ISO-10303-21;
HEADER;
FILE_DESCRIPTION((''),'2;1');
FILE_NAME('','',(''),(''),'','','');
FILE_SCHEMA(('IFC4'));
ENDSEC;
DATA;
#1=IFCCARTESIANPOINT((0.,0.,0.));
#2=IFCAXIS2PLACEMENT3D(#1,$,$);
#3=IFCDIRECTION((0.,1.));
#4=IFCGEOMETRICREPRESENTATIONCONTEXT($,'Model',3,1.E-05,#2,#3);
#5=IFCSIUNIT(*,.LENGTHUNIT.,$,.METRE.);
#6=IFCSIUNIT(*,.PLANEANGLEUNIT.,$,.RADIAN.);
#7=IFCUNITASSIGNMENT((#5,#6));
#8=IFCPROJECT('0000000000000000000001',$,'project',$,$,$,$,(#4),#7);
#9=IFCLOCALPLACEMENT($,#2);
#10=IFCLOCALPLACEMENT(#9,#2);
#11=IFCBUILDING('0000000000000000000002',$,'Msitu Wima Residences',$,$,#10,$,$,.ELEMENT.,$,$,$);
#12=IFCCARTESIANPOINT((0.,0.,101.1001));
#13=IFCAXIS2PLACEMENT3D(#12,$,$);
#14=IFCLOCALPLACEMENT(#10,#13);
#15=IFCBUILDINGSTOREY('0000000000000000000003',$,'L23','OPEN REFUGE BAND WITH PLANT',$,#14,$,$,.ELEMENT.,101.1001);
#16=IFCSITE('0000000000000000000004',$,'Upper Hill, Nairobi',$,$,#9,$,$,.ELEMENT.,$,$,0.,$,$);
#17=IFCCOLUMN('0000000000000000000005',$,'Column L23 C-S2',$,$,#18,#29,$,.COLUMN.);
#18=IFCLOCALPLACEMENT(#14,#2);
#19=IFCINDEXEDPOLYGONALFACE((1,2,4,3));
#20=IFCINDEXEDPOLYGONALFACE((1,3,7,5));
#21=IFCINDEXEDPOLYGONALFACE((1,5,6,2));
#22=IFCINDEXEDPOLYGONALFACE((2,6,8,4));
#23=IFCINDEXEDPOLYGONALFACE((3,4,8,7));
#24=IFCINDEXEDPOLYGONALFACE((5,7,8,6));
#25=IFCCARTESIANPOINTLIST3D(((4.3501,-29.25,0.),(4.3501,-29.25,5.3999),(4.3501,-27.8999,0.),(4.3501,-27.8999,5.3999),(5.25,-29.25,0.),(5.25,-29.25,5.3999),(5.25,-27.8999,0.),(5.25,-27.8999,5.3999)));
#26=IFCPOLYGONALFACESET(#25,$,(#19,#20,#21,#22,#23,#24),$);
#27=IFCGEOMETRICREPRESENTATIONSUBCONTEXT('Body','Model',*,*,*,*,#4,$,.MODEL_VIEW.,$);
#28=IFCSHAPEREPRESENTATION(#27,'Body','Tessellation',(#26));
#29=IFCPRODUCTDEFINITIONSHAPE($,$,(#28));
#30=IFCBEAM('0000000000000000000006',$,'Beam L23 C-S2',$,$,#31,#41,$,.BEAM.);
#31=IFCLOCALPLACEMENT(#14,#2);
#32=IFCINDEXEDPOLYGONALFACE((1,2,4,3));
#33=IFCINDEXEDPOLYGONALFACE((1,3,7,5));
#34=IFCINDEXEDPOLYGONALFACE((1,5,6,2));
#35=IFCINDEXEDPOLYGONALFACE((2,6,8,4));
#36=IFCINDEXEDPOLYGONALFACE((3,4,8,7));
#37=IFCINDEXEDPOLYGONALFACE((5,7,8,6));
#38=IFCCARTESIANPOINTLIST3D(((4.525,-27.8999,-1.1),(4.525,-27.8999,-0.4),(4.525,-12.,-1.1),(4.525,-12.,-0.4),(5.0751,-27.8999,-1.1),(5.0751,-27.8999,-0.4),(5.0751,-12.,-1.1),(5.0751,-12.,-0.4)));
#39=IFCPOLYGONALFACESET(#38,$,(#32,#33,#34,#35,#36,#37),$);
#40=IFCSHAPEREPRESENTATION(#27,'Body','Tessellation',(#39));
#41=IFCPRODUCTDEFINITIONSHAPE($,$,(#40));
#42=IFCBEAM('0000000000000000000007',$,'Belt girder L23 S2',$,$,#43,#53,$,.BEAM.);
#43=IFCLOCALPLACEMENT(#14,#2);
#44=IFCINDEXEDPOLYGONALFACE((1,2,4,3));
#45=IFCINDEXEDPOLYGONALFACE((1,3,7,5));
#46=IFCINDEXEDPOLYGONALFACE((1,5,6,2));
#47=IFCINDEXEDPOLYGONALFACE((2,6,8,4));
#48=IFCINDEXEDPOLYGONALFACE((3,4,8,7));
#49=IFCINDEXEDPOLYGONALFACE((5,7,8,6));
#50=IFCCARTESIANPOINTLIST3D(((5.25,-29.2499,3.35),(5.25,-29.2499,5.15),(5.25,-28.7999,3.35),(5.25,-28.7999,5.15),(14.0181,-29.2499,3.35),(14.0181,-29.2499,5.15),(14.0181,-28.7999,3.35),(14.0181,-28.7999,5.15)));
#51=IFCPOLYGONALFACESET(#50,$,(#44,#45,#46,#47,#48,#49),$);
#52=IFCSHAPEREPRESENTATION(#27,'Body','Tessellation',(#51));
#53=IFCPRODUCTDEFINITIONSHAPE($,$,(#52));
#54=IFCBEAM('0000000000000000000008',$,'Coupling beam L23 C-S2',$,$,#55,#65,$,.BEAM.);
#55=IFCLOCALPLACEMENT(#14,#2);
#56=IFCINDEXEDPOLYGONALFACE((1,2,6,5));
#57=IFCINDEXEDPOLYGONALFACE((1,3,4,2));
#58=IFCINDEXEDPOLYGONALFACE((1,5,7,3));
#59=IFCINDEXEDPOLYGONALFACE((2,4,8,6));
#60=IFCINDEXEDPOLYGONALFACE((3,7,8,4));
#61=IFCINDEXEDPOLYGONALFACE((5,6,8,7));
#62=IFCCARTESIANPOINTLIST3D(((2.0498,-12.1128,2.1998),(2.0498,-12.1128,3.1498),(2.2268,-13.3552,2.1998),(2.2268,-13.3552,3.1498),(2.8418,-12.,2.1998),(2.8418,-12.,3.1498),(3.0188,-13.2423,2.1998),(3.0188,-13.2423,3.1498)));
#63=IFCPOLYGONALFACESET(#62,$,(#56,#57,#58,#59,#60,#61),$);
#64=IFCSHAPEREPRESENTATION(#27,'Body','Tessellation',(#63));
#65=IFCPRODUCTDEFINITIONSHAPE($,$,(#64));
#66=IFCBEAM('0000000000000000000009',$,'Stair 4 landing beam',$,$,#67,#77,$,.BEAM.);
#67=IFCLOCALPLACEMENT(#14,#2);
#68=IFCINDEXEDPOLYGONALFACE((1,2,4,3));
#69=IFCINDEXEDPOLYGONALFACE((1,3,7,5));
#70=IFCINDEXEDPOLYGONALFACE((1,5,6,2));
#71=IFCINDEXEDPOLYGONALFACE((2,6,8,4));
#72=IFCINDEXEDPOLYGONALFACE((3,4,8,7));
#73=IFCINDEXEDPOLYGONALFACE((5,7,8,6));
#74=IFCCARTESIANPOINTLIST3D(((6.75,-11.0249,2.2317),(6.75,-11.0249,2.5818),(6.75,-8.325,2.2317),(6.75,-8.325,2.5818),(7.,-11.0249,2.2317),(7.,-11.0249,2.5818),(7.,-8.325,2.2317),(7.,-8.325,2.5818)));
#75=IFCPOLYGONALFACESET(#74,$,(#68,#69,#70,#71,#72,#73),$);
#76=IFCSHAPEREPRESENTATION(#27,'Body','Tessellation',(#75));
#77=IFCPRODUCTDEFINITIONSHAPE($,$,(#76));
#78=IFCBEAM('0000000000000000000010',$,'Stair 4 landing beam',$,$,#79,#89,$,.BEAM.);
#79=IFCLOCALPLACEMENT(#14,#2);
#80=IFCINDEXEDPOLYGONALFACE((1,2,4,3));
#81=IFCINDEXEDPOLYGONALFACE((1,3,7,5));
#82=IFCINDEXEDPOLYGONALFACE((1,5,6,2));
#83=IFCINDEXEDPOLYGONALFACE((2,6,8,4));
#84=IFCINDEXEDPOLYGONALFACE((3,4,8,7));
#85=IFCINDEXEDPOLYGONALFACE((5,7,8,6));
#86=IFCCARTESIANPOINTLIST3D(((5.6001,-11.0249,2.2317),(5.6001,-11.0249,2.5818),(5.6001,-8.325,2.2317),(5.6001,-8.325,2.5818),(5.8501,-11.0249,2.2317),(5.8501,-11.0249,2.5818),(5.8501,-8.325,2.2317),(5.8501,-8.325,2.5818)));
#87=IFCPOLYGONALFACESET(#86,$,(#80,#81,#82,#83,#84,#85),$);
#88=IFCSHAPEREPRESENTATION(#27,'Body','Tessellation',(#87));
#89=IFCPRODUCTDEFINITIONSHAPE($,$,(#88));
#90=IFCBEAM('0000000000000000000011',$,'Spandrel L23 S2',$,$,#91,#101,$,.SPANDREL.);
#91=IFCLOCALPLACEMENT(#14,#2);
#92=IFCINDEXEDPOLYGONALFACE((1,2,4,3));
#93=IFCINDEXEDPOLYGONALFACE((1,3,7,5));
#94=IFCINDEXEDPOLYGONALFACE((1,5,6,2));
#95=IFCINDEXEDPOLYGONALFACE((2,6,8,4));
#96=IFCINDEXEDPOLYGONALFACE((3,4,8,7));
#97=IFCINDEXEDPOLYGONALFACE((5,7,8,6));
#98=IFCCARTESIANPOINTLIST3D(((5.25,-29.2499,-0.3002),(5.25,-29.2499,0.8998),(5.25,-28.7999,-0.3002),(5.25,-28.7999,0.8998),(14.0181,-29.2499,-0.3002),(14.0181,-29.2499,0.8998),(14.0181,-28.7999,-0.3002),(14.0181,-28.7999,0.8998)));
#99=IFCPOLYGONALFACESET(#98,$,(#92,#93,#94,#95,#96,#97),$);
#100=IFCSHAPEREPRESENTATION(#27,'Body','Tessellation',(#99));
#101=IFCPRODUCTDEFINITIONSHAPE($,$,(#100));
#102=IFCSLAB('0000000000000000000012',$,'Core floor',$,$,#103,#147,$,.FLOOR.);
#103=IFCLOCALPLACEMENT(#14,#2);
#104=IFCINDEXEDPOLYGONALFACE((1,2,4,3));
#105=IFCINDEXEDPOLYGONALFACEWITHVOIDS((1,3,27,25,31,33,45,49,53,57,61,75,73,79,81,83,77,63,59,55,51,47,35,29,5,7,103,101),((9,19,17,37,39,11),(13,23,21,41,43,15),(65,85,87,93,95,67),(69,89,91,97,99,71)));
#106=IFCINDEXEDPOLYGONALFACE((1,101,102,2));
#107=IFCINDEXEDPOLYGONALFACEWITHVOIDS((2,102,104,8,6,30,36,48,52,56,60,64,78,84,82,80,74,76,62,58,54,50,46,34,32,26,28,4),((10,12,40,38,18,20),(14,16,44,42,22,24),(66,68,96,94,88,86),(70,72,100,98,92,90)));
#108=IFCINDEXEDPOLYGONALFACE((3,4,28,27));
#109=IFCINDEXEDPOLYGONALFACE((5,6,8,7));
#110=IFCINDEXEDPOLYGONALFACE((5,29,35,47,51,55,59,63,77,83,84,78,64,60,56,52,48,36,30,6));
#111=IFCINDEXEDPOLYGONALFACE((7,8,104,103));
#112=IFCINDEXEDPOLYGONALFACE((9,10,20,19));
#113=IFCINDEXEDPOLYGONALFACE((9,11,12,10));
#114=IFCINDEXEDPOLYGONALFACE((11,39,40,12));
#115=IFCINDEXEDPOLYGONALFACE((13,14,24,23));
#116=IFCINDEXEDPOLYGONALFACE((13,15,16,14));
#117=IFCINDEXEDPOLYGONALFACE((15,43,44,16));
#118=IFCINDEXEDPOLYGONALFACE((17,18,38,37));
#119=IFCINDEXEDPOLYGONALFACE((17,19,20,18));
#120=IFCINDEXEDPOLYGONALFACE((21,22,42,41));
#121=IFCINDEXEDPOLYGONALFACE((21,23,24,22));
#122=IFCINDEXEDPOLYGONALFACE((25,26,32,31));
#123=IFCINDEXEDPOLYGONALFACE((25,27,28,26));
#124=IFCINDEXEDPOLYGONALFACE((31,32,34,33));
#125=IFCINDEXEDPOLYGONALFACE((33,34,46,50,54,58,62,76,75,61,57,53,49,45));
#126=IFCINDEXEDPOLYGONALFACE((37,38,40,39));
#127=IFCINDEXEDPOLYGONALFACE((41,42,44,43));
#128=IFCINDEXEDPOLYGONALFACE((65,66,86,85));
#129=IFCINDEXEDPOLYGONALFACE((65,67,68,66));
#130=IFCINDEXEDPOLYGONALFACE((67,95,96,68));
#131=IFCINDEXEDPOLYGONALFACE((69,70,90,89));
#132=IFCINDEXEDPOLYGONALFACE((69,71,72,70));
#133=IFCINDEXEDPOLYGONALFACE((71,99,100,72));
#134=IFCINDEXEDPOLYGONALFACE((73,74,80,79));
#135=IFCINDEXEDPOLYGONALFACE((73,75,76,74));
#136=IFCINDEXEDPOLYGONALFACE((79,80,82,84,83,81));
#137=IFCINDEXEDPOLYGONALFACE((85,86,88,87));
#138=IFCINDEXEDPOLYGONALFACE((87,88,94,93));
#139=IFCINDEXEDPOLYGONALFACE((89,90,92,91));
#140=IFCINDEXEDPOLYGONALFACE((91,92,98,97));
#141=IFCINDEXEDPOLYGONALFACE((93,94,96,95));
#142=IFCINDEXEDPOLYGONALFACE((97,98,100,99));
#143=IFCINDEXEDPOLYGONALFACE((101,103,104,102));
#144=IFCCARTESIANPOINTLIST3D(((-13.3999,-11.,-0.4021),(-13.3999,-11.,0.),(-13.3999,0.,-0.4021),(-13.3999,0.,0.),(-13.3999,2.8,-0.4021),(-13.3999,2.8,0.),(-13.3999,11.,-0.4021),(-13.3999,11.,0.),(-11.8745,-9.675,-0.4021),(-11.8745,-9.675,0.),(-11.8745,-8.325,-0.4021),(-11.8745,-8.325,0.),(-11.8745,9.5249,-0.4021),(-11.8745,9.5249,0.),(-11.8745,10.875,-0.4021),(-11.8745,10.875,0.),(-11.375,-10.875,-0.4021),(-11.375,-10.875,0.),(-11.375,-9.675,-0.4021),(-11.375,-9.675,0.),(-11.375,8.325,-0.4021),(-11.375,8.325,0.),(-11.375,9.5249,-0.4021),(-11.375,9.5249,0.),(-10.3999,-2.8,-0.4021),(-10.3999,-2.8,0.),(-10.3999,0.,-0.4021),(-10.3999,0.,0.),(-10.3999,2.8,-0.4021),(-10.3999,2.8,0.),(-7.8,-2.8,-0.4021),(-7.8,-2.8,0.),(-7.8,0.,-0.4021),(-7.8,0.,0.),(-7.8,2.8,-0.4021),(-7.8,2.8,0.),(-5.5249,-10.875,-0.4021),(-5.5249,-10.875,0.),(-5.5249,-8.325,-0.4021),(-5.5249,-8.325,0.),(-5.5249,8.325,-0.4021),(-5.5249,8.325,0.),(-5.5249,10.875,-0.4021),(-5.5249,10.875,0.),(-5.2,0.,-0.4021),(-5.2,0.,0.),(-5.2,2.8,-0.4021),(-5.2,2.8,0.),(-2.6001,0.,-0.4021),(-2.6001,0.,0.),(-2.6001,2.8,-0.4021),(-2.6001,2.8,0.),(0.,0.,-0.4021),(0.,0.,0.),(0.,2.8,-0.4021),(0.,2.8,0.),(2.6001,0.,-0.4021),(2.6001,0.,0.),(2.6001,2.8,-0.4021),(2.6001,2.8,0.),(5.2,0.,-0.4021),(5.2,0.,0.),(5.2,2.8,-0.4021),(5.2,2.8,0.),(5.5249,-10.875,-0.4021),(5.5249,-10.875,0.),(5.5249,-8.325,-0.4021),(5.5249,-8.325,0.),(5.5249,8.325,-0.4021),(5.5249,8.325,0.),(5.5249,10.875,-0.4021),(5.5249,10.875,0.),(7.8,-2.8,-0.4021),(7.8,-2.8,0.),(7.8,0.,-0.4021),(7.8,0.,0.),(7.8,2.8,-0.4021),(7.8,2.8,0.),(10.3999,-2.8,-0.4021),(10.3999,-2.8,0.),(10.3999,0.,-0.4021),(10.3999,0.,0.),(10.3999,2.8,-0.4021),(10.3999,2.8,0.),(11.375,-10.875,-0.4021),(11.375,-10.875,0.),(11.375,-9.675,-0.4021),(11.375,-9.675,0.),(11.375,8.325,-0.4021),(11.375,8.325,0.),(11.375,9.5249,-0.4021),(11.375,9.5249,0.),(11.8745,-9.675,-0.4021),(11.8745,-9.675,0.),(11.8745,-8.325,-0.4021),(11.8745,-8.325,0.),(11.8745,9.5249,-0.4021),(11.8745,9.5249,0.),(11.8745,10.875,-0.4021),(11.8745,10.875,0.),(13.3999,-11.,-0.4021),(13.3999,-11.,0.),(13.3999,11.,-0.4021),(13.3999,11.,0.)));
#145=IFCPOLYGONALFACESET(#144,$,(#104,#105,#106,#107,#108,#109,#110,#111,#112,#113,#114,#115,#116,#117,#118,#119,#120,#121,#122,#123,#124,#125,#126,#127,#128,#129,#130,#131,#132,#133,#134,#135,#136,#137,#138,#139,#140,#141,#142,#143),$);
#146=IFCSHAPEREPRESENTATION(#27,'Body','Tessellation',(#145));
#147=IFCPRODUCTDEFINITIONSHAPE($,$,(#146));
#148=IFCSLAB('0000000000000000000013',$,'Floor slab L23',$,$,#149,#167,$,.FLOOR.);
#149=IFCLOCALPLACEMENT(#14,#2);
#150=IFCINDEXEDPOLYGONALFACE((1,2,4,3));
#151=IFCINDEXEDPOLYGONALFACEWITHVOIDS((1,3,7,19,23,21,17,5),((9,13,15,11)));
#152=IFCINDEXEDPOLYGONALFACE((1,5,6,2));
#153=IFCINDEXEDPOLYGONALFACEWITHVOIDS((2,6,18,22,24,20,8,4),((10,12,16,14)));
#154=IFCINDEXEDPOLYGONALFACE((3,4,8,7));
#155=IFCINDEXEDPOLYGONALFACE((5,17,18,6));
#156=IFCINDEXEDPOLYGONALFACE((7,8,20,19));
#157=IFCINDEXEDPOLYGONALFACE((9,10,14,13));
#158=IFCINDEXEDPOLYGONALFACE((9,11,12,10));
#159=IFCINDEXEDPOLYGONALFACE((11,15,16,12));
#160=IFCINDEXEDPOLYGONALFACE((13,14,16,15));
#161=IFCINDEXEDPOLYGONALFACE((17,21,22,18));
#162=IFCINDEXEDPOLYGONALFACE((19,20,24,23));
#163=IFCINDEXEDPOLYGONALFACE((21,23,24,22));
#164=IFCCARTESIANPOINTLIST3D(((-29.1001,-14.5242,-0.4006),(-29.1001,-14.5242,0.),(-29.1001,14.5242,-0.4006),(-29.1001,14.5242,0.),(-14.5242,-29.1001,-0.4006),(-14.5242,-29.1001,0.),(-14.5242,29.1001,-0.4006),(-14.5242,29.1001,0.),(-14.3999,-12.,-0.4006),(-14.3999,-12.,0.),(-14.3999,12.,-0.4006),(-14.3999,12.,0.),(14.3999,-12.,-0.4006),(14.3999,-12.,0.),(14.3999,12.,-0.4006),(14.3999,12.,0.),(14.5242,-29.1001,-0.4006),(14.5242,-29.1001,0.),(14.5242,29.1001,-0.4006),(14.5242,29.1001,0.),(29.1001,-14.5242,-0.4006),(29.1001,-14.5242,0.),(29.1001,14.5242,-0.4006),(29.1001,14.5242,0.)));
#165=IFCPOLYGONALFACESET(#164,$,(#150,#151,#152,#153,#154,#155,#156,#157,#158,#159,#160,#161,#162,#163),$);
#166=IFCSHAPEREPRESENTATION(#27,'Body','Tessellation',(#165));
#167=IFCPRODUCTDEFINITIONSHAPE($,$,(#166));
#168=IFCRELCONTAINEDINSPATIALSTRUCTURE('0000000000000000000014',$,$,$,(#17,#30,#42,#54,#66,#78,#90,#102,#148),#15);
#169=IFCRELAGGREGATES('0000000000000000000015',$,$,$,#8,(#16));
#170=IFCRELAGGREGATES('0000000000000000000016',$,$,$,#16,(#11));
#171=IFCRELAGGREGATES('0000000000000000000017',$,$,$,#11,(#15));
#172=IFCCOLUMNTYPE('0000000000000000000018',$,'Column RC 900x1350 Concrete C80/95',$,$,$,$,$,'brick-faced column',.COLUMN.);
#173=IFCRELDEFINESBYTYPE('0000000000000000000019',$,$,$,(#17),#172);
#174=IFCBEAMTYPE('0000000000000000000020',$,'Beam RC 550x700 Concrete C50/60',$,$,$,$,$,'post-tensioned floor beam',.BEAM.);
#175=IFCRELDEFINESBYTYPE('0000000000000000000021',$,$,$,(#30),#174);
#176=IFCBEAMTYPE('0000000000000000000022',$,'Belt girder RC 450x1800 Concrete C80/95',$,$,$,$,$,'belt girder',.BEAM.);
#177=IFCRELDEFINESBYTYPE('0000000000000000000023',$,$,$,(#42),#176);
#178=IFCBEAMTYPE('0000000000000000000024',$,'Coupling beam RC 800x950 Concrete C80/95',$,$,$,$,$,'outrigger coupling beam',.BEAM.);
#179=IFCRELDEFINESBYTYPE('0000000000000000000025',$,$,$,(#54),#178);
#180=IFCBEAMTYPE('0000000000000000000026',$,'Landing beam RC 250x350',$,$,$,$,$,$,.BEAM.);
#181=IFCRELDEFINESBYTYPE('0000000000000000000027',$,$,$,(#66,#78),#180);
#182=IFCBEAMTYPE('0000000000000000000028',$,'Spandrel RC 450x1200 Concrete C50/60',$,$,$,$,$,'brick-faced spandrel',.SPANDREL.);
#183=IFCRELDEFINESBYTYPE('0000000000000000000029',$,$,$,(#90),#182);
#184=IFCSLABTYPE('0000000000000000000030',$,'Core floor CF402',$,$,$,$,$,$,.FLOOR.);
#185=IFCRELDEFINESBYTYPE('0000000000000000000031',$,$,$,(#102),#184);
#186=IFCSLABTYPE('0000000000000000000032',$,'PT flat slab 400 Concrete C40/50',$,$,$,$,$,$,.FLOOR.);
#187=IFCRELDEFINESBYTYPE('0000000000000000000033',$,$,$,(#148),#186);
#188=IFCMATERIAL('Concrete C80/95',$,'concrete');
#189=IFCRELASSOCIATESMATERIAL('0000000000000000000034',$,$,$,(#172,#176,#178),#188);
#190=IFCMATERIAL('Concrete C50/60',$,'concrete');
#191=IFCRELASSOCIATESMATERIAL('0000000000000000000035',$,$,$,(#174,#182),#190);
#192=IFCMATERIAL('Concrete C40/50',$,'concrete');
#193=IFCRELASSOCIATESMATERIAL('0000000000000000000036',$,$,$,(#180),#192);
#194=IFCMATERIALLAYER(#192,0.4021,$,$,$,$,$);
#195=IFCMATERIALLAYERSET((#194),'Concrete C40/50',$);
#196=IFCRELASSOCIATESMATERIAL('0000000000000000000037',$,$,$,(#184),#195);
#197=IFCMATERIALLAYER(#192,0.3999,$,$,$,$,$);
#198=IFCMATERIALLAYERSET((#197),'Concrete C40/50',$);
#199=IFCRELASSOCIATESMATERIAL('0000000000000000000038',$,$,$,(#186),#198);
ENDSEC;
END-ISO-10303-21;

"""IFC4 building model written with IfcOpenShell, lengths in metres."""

from ifc_helpers import new_model, si_unit, direction, frame, origin, origin_2d, place, context, subcontext, project, spatial, polyline, rectangle, outline, extrude, material, layer, layer_set, material_profile, profile_set, type_object, element, save


model = new_model("IFC4")

# Units and contexts
model_context = context("Model", 3, precision=1e-05, world=origin(), true_north=direction((0.0, 1.0)))
body_context = subcontext(model_context, "Body", "Model", "MODEL_VIEW")
ifc_project = project(units=[si_unit("LENGTHUNIT", "METRE"), si_unit("PLANEANGLEUNIT", "RADIAN")], contexts=[model_context])

# Site, building, storey
site_placement = place(None, origin())
site = spatial("IfcSite", under=ifc_project, at=site_placement, Name="Upper Hill, Nairobi", CompositionType="ELEMENT", RefElevation=0.0)
building_placement = place(site_placement, origin())
building = spatial("IfcBuilding", under=site, at=building_placement, Name="Msitu Wima Residences", CompositionType="ELEMENT")
storey_placement = place(building_placement, frame((0.0, 0.0, 101.1001)))
storey = spatial("IfcBuildingStorey", under=building, at=storey_placement, Name="L23", Description="OPEN REFUGE BAND WITH PLANT", CompositionType="ELEMENT", Elevation=101.1001)

# Column
ifc_material_1 = material(Name="Concrete C80/95", Category="concrete")
ifc_material_profile_1 = material_profile(ifc_material_1, rectangle(XDim=0.8999, YDim=1.3501, at=origin_2d()), Name="RC 900x1350")
ifc_profile_set_1 = profile_set([ifc_material_profile_1], Name="Concrete C80/95")
column_type = type_object("IfcColumnType", Name="Column RC 900x1350 Concrete C80/95", ElementType="brick-faced column", PredefinedType="COLUMN", material=ifc_profile_set_1)
column_placement = place(storey_placement, frame((4.8, -28.575, 0.0), z_axis=(0.0, 0.0, 1.0), x_axis=(1.0, 0.0, 0.0)))
element("IfcColumn", 1, at=column_placement, inside=storey, type_object=column_type, Name="Column L23 C-S2", PredefinedType="COLUMN", context=body_context, shape_type="SweptSolid", body=[
    extrude(rectangle(XDim=0.8999, YDim=1.3501, at=origin_2d()), origin(), (0.0, 0.0, 1.0), 5.3999),
])

# Beams
ifc_material_2 = material(Name="Concrete C50/60", Category="concrete")
ifc_material_profile_2 = material_profile(ifc_material_2, rectangle(XDim=0.55, YDim=0.7, at=origin_2d()), Name="RC 550x700")
ifc_profile_set_2 = profile_set([ifc_material_profile_2], Name="Concrete C50/60")
beam_type_1 = type_object("IfcBeamType", Name="Beam RC 550x700 Concrete C50/60", ElementType="post-tensioned floor beam", PredefinedType="BEAM", material=ifc_profile_set_2)
beam_1_placement = place(storey_placement, frame((4.8, -27.8999, -0.75), z_axis=(0.0, 1.0, 0.0), x_axis=(-1.0, 0.0, 0.0)))
element("IfcBeam", 2, at=beam_1_placement, inside=storey, type_object=beam_type_1, Name="Beam L23 C-S2", PredefinedType="BEAM", context=body_context, shape_type="SweptSolid", body=[
    extrude(rectangle(XDim=0.55, YDim=0.7, at=origin_2d()), origin(), (0.0, 0.0, 1.0), 15.8999),
])
ifc_material_profile_3 = material_profile(ifc_material_1, rectangle(XDim=0.45, YDim=1.8, at=origin_2d()), Name="RC 450x1800")
ifc_profile_set_3 = profile_set([ifc_material_profile_3], Name="Concrete C80/95")
beam_type_2 = type_object("IfcBeamType", Name="Belt girder RC 450x1800 Concrete C80/95", ElementType="belt girder", PredefinedType="BEAM", material=ifc_profile_set_3)
beam_2_placement = place(storey_placement, frame((5.25, -29.0249, 4.25), z_axis=(1.0, 0.0, 0.0), x_axis=(0.0, 1.0, 0.0)))
element("IfcBeam", 3, at=beam_2_placement, inside=storey, type_object=beam_type_2, Name="Belt girder L23 S2", PredefinedType="BEAM", context=body_context, shape_type="SweptSolid", body=[
    extrude(rectangle(XDim=0.45, YDim=1.8, at=origin_2d()), origin(), (0.0, 0.0, 1.0), 8.7681),
])
ifc_material_profile_4 = material_profile(ifc_material_1, rectangle(XDim=0.8, YDim=0.95, at=origin_2d()), Name="RC 800x950")
ifc_profile_set_4 = profile_set([ifc_material_profile_4], Name="Concrete C80/95")
beam_type_3 = type_object("IfcBeamType", Name="Coupling beam RC 800x950 Concrete C80/95", ElementType="outrigger coupling beam", PredefinedType="BEAM", material=ifc_profile_set_4)
beam_3_placement = place(storey_placement, frame((2.4458, -12.0564, 2.6748), z_axis=(0.14104, -0.990004, 0.0), x_axis=(0.990004, 0.14104, 0.0)))
element("IfcBeam", 4, at=beam_3_placement, inside=storey, type_object=beam_type_3, Name="Coupling beam L23 C-S2", PredefinedType="BEAM", context=body_context, shape_type="SweptSolid", body=[
    extrude(rectangle(XDim=0.8, YDim=0.95, at=origin_2d()), origin(), (0.0, 0.0, 1.0), 1.2549),
])
ifc_material_3 = material(Name="Concrete C40/50", Category="concrete")
ifc_material_profile_5 = material_profile(ifc_material_3, rectangle(XDim=0.25, YDim=0.3501, at=origin_2d()), Name="RC 250x350")
ifc_profile_set_5 = profile_set([ifc_material_profile_5], Name="Concrete C40/50")
beam_type_4 = type_object("IfcBeamType", Name="Landing beam RC 250x350", PredefinedType="BEAM", material=ifc_profile_set_5)
for number, where, z_axis, x_axis, name in (
    (5, (6.875, -11.0249, 2.4067), (0.0, 1.0, 0.0), (-1.0, 0.0, 0.0), "Stair 4 landing beam"),
    (6, (5.7251, -11.0249, 2.4067), (0.0, 1.0, 0.0), (-1.0, 0.0, 0.0), "Stair 4 landing beam"),
):
    element("IfcBeam", number, at=place(storey_placement, frame(where, z_axis=z_axis, x_axis=x_axis)), inside=storey, type_object=beam_type_4, Name=name, PredefinedType="BEAM", context=body_context, shape_type="SweptSolid", body=[
        extrude(rectangle(XDim=0.25, YDim=0.3501, at=origin_2d()), origin(), (0.0, 0.0, 1.0), 2.7),
    ])
ifc_material_profile_6 = material_profile(ifc_material_2, rectangle(XDim=0.45, YDim=1.2, at=origin_2d()), Name="RC 450x1200")
ifc_profile_set_6 = profile_set([ifc_material_profile_6], Name="Concrete C50/60")
beam_type_5 = type_object("IfcBeamType", Name="Spandrel RC 450x1200 Concrete C50/60", ElementType="brick-faced spandrel", PredefinedType="SPANDREL", material=ifc_profile_set_6)
beam_4_placement = place(storey_placement, frame((5.25, -29.0249, 0.2998), z_axis=(1.0, 0.0, 0.0), x_axis=(0.0, 1.0, 0.0)))
element("IfcBeam", 7, at=beam_4_placement, inside=storey, type_object=beam_type_5, Name="Spandrel L23 S2", PredefinedType="SPANDREL", context=body_context, shape_type="SweptSolid", body=[
    extrude(rectangle(XDim=0.45, YDim=1.2, at=origin_2d()), origin(), (0.0, 0.0, 1.0), 8.7681),
])

# Slabs
ifc_layer_1 = layer(ifc_material_3, 0.4021)
ifc_layer_set_1 = layer_set([ifc_layer_1], Name="Concrete C40/50")
slab_type_1 = type_object("IfcSlabType", Name="Core floor CF402", PredefinedType="FLOOR", material=ifc_layer_set_1)
slab_1_placement = place(storey_placement, frame((0.0, 0.0, -0.4021)))
element("IfcSlab", 8, at=slab_1_placement, inside=storey, type_object=slab_type_1, Name="Core floor", PredefinedType="FLOOR", context=body_context, shape_type="SweptSolid", body=[
    extrude(outline(polyline([(-13.3999, 11.0), (-13.3999, 2.8), (-10.3999, 2.8), (-7.8, 2.8), (-5.2, 2.8), (-2.6001, 2.8), (0.0, 2.8), (2.6001, 2.8), (5.2, 2.8), (7.8, 2.8), (10.3999, 2.8), (10.3999, 0.0), (10.3999, -2.8), (7.8, -2.8), (7.8, 0.0), (5.2, 0.0), (2.6001, 0.0), (0.0, 0.0), (-2.6001, 0.0), (-5.2, 0.0), (-7.8, 0.0), (-7.8, -2.8), (-10.3999, -2.8), (-10.3999, 0.0), (-13.3999, 0.0), (-13.3999, -11.0), (13.3999, -11.0), (13.3999, 11.0), (-13.3999, 11.0)]), holes=[polyline([(-11.375, -10.875), (-11.375, -9.675), (-11.8745, -9.675), (-11.8745, -8.325), (-5.5249, -8.325), (-5.5249, -10.875), (-11.375, -10.875)]), polyline([(-11.375, 9.5249), (-11.8745, 9.5249), (-11.8745, 10.875), (-5.5249, 10.875), (-5.5249, 8.325), (-11.375, 8.325), (-11.375, 9.5249)]), polyline([(11.375, -9.675), (11.375, -10.875), (5.5249, -10.875), (5.5249, -8.325), (11.8745, -8.325), (11.8745, -9.675), (11.375, -9.675)]), polyline([(11.375, 9.5249), (11.375, 8.325), (5.5249, 8.325), (5.5249, 10.875), (11.8745, 10.875), (11.8745, 9.5249), (11.375, 9.5249)])]), origin(), (0.0, 0.0, 1.0), 0.4021),
])
ifc_layer_2 = layer(ifc_material_3, 0.3999)
ifc_layer_set_2 = layer_set([ifc_layer_2], Name="Concrete C40/50")
slab_type_2 = type_object("IfcSlabType", Name="PT flat slab 400 Concrete C40/50", PredefinedType="FLOOR", material=ifc_layer_set_2)
slab_2_placement = place(storey_placement, frame((0.0, 0.0, -0.4006)))
element("IfcSlab", 9, at=slab_2_placement, inside=storey, type_object=slab_type_2, Name="Floor slab L23", PredefinedType="FLOOR", context=body_context, shape_type="SweptSolid", body=[
    extrude(outline(polyline([(29.1001, -14.5242), (14.5242, -29.1001), (-14.5242, -29.1001), (-29.1001, -14.5242), (-29.1001, 14.5242), (-14.5242, 29.1001), (14.5242, 29.1001), (29.1001, 14.5242), (29.1001, -14.5242)]), holes=[polyline([(-14.3999, -12.0), (14.3999, -12.0), (14.3999, 12.0), (-14.3999, 12.0), (-14.3999, -12.0)])]), origin(), (0.0, 0.0, 1.0), 0.4006),
])

save(model, "model.ifc")
